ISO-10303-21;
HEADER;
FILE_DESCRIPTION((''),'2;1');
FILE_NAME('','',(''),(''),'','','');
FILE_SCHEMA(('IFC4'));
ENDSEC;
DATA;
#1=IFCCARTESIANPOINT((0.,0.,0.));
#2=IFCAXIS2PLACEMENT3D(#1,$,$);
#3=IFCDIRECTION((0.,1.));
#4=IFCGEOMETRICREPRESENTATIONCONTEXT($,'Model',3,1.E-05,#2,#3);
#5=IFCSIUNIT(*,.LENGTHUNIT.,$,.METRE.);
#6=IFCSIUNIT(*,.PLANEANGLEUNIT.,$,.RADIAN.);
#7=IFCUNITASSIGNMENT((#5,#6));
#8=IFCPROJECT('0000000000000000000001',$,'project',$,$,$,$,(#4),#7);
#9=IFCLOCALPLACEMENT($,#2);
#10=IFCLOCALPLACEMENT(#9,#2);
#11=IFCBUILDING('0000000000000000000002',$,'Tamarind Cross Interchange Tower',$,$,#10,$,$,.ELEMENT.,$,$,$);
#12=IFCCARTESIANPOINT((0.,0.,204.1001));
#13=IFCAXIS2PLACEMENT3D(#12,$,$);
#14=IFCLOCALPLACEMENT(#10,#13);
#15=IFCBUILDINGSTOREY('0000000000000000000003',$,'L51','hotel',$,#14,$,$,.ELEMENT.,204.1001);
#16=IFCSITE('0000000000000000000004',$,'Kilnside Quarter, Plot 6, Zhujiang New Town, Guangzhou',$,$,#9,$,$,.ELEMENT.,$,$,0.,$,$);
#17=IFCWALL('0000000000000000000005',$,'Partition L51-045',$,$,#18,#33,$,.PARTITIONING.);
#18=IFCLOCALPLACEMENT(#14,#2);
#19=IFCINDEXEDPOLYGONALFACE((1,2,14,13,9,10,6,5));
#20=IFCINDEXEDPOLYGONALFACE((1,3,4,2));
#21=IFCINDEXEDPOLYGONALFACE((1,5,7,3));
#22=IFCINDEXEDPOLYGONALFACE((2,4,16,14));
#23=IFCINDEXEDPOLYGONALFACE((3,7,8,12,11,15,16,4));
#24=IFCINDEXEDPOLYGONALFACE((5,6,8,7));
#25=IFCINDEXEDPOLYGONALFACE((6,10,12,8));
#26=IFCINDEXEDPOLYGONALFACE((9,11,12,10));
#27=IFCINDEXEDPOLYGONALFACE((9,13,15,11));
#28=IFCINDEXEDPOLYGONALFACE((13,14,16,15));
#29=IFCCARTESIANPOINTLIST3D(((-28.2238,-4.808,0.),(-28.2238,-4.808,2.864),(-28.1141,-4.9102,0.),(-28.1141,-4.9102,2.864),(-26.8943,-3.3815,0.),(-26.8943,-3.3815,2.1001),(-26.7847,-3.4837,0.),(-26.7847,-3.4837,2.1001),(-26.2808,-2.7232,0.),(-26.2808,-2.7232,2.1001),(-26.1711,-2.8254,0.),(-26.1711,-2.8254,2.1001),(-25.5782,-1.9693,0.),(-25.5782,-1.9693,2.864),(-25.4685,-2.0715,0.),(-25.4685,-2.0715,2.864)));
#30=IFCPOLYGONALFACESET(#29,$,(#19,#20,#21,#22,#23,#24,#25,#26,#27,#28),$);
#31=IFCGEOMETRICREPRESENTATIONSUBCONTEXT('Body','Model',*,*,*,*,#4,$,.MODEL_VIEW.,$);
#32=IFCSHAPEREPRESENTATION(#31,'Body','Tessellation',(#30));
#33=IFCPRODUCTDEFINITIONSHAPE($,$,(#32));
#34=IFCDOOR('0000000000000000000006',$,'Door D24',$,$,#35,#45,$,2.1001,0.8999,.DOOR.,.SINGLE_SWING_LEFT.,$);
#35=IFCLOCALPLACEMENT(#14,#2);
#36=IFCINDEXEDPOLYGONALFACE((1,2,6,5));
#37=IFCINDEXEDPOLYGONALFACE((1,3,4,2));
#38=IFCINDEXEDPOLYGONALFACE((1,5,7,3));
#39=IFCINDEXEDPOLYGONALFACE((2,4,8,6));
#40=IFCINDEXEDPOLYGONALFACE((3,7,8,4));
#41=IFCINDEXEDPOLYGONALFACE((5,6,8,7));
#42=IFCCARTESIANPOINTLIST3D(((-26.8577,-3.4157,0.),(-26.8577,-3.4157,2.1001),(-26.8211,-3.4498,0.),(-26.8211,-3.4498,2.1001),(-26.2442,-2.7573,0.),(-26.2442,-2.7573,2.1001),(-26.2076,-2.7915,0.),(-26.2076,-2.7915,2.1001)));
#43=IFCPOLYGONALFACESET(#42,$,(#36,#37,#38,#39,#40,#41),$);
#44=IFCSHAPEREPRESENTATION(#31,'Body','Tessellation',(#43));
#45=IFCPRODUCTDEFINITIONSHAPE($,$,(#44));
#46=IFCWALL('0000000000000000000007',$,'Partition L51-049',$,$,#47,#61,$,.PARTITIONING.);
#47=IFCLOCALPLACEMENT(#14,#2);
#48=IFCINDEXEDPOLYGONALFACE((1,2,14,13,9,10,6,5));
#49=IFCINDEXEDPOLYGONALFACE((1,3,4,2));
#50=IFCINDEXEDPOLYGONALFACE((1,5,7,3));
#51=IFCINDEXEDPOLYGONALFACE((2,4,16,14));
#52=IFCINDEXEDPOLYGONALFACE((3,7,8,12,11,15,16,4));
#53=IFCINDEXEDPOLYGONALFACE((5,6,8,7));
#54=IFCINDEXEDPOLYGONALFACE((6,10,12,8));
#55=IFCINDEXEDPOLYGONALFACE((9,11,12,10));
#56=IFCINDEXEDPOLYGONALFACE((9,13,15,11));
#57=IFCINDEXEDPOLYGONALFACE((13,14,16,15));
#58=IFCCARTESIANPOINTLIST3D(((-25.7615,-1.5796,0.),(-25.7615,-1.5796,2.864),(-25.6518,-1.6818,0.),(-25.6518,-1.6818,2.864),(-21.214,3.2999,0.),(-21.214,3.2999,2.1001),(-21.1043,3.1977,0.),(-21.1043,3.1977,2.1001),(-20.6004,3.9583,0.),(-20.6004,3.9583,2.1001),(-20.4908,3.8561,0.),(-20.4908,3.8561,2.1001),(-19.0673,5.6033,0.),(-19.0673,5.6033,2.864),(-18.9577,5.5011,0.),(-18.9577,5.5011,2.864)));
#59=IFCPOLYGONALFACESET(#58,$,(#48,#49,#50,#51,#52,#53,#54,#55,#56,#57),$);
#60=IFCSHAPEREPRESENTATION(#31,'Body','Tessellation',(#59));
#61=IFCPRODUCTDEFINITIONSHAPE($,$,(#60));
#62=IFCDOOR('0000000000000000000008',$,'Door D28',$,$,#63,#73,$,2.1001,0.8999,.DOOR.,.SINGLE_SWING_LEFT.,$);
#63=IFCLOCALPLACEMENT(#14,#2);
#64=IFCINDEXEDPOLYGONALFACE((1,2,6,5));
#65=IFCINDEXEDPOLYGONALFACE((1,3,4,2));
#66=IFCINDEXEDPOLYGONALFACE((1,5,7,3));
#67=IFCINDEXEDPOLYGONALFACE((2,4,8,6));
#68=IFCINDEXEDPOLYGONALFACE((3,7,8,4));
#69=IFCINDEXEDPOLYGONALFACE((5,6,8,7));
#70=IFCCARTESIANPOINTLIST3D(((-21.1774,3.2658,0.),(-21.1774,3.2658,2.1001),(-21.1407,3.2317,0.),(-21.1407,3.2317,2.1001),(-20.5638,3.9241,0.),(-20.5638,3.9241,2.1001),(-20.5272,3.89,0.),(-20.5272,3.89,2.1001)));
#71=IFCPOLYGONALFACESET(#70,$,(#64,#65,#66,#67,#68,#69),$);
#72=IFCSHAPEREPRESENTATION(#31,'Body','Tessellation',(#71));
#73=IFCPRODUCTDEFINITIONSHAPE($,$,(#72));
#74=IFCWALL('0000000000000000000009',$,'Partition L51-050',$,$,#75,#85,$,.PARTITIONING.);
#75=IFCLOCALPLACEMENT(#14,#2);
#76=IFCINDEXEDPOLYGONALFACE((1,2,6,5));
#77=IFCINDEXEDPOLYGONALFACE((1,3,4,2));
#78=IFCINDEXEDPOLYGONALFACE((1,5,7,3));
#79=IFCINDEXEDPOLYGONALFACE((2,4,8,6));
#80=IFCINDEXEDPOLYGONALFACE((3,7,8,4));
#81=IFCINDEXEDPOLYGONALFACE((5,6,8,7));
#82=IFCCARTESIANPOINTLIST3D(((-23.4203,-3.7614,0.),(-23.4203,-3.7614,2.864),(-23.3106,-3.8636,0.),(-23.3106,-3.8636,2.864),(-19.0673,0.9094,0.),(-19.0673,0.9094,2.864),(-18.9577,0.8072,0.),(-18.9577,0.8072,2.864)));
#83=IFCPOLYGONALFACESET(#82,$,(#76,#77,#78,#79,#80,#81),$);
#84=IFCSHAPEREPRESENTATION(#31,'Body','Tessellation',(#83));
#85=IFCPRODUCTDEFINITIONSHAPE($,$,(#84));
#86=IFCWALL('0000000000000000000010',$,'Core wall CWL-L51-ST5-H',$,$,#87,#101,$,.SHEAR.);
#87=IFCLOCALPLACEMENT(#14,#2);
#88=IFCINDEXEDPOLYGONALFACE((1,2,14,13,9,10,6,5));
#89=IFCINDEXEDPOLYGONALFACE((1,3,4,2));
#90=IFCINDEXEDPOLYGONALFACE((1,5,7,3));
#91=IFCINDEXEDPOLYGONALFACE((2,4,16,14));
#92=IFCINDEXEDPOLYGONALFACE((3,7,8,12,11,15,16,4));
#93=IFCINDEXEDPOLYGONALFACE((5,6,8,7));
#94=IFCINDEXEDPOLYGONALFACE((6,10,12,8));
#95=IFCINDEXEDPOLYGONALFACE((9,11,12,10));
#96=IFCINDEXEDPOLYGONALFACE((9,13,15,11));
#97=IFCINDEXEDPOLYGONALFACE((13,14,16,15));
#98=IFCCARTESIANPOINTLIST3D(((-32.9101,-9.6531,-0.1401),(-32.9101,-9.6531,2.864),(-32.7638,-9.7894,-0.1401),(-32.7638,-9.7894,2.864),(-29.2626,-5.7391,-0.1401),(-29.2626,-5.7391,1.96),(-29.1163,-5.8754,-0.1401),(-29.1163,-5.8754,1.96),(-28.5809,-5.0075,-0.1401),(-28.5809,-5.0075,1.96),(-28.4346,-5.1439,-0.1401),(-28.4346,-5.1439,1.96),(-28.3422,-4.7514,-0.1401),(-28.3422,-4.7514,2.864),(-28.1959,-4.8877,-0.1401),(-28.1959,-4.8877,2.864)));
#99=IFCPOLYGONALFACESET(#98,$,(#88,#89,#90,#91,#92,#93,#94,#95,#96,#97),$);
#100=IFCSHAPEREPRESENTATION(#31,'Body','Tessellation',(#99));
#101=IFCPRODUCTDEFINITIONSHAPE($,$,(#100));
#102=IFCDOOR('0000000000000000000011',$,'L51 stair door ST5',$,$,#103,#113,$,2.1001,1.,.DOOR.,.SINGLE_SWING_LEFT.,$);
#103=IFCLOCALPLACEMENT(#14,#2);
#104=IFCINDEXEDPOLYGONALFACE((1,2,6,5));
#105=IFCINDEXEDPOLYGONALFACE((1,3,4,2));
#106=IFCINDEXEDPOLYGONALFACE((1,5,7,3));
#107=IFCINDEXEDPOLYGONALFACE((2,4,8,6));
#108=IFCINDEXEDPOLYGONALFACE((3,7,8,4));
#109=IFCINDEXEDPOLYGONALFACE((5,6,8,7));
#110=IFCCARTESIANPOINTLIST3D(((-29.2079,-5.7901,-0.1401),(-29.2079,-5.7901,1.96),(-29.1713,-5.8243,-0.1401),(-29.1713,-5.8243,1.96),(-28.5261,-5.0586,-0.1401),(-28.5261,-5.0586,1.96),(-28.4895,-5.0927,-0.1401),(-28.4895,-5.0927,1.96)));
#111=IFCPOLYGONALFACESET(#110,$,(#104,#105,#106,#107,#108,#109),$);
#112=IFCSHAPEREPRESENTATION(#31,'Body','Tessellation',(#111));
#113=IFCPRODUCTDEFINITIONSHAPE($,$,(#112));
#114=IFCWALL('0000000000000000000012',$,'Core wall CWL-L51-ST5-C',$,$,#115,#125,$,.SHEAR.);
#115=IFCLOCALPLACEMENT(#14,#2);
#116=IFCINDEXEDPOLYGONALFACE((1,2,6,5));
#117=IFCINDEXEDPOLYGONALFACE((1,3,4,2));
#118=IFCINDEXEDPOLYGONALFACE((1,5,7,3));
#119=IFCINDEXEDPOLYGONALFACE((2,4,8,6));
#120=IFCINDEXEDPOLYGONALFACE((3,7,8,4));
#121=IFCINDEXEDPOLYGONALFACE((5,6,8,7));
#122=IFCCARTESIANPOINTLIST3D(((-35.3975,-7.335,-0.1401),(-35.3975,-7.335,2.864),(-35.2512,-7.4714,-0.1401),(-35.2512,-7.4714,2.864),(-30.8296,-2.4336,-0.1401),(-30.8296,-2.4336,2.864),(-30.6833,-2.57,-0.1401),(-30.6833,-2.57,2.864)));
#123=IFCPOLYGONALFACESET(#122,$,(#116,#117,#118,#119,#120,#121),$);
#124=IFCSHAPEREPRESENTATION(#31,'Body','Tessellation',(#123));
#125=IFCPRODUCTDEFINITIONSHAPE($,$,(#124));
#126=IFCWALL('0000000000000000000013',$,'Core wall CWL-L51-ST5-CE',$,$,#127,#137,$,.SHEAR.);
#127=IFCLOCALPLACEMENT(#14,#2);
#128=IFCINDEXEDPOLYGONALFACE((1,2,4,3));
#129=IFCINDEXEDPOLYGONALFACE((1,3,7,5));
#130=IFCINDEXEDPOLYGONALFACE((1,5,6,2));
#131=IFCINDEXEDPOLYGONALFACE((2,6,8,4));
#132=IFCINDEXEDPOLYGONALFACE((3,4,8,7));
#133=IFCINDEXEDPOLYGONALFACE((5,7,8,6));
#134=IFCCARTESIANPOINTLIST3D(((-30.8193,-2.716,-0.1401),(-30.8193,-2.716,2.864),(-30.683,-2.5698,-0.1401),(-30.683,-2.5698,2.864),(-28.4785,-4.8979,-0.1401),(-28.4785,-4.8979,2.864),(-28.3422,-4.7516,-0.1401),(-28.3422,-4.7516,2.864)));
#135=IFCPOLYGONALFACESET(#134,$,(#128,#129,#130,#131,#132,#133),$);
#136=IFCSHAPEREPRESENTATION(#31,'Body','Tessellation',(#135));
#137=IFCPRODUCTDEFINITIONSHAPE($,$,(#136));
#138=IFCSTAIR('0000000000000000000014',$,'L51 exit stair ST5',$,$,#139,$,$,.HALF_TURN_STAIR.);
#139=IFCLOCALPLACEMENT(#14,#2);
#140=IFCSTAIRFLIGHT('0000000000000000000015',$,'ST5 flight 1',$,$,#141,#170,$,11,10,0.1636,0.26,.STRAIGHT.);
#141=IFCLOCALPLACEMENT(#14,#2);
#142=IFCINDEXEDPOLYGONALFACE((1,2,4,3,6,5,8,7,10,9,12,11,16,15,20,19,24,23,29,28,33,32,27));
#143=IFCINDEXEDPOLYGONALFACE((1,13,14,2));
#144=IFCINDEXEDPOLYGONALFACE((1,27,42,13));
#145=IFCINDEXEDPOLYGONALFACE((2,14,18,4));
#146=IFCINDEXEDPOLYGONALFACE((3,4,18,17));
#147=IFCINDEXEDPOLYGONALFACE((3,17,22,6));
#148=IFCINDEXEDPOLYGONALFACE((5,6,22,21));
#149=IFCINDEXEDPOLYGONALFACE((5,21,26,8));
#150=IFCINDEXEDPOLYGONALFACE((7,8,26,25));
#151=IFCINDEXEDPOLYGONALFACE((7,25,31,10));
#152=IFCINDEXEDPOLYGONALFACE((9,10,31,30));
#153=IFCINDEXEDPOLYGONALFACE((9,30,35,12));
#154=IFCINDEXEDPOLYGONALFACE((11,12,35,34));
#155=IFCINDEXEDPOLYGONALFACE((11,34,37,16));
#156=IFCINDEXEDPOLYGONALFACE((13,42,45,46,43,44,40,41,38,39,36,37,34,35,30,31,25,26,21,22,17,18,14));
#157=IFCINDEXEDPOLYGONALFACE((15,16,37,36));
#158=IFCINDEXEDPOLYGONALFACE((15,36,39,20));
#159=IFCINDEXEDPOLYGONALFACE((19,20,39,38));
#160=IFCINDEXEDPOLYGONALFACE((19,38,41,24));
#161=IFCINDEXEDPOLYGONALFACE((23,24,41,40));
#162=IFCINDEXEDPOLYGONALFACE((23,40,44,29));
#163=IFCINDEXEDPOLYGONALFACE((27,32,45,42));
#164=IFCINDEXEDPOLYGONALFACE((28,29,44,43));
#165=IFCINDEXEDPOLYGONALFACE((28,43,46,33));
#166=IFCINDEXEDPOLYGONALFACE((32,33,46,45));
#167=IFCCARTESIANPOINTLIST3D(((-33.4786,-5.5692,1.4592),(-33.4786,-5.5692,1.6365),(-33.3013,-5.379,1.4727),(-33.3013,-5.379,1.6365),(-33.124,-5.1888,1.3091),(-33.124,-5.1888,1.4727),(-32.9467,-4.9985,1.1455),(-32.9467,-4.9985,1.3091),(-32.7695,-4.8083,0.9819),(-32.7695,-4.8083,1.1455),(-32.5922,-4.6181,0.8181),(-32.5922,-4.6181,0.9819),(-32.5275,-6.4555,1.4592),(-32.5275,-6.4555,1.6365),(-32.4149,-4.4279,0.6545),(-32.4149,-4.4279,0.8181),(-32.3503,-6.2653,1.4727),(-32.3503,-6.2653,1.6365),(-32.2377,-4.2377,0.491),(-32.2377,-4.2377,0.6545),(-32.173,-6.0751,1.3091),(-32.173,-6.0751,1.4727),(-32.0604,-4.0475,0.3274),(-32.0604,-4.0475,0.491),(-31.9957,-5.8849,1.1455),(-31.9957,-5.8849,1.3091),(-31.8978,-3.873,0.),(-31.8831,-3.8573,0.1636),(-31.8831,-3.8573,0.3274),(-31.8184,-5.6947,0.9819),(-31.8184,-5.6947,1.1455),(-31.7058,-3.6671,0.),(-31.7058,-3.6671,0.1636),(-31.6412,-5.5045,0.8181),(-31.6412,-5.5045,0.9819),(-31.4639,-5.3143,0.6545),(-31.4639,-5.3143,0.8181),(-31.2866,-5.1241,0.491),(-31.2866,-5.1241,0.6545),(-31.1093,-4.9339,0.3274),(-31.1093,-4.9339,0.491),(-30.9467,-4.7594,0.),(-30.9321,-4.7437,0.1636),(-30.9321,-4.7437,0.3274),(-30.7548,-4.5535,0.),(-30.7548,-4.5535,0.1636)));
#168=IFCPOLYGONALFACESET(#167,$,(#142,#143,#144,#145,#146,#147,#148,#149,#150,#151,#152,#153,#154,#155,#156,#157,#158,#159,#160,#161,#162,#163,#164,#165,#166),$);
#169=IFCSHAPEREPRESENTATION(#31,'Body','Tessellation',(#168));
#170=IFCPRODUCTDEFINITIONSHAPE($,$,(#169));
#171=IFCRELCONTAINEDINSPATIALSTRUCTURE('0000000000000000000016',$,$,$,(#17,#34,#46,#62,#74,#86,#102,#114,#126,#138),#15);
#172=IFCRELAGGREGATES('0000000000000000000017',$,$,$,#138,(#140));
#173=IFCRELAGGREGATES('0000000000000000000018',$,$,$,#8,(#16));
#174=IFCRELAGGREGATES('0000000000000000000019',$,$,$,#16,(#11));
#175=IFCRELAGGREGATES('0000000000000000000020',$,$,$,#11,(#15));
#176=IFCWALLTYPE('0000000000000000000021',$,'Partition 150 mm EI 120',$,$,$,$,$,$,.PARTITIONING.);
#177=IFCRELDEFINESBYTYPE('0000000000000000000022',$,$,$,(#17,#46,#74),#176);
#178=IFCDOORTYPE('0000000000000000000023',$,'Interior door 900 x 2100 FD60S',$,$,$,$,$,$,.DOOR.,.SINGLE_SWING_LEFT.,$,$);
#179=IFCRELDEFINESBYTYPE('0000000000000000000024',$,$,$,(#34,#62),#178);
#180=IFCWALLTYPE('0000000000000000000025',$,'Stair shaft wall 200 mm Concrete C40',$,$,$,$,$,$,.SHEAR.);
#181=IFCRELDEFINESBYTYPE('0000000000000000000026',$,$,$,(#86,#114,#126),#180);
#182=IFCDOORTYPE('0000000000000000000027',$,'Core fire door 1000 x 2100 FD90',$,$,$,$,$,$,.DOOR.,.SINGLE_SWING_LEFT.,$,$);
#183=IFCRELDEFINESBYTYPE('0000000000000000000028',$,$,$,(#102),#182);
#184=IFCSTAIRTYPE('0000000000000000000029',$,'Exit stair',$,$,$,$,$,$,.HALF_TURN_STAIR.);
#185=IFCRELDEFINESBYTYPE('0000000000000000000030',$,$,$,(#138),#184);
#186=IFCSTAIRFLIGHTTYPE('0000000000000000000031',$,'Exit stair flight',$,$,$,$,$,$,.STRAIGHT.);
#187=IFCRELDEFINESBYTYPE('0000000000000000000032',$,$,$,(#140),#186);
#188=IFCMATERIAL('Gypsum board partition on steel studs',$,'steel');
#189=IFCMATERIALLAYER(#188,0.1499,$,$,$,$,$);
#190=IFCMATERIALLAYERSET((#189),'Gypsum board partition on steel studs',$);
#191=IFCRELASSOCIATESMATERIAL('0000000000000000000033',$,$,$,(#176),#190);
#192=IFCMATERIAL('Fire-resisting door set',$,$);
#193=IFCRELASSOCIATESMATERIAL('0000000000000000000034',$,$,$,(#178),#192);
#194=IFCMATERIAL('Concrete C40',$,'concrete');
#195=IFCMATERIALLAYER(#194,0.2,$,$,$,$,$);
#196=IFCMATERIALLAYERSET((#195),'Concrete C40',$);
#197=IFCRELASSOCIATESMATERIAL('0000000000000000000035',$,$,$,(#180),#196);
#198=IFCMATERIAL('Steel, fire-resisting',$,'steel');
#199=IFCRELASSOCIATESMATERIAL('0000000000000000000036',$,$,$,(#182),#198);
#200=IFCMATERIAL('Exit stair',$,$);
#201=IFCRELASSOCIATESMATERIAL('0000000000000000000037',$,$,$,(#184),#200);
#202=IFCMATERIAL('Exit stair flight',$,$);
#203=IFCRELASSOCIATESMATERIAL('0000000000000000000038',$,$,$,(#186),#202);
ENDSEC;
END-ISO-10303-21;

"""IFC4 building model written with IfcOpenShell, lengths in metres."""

from ifc_helpers import new_model, si_unit, direction, frame, frame_2d, origin, place, context, subcontext, project, spatial, polyline, rectangle, outline, extrude, material, layer, layer_set, type_object, element, fill, aggregate, save


model = new_model("IFC4")

# Units and contexts
model_context = context("Model", 3, precision=1e-05, world=origin(), true_north=direction((0.0, 1.0)))
body_context = subcontext(model_context, "Body", "Model", "MODEL_VIEW")
ifc_project = project(units=[si_unit("LENGTHUNIT", "METRE"), si_unit("PLANEANGLEUNIT", "RADIAN")], contexts=[model_context])

# Site, building, storey
site_placement = place(None, origin())
site = spatial("IfcSite", under=ifc_project, at=site_placement, Name="Kilnside Quarter, Plot 6, Zhujiang New Town, Guangzhou", CompositionType="ELEMENT", RefElevation=0.0)
building_placement = place(site_placement, origin())
building = spatial("IfcBuilding", under=site, at=building_placement, Name="Tamarind Cross Interchange Tower", CompositionType="ELEMENT")
storey_placement = place(building_placement, frame((0.0, 0.0, 204.1001)))
storey = spatial("IfcBuildingStorey", under=building, at=storey_placement, Name="L51", Description="hotel", CompositionType="ELEMENT", Elevation=204.1001)

# Shared definitions
ifc_material_1 = material(Name="Gypsum board partition on steel studs", Category="steel")
ifc_layer_1 = layer(ifc_material_1, 0.1499)
ifc_layer_set_1 = layer_set([ifc_layer_1], Name="Gypsum board partition on steel studs")
wall_type_1 = type_object("IfcWallType", Name="Partition 150 mm EI 120", PredefinedType="PARTITIONING", material=ifc_layer_set_1)

# Shared definitions
ifc_material_2 = material(Name="Fire-resisting door set")
door_type_1 = type_object("IfcDoorType", Name="Interior door 900 x 2100 FD60S", OperationType="SINGLE_SWING_LEFT", PredefinedType="DOOR", material=ifc_material_2)

# Walls, openings, doors
wall_1_placement = place(storey_placement, frame((-28.1689, -4.8591, 0.0), z_axis=(0.0, 0.0, 1.0), x_axis=(0.681785, 0.731553, 0.0)))
wall_1 = element("IfcWall", 1, at=wall_1_placement, inside=storey, type_object=wall_type_1, Name="Partition L51-045", PredefinedType="PARTITIONING", context=body_context, shape_type="SweptSolid", body=[
    extrude(rectangle(XDim=3.8804, YDim=0.1499, at=frame_2d((1.9402, 0.0))), origin(), (0.0, 0.0, 1.0), 2.864),
])
opening_1_placement = place(wall_1_placement, frame((1.95, 0.0, 0.0)))
opening_1 = element("IfcOpeningElement", 2, at=opening_1_placement, cuts=wall_1, PredefinedType="OPENING", context=body_context, shape_type="SweptSolid", body=[
    extrude(rectangle(XDim=0.8999, YDim=2.1001, at=frame_2d((0.45, 1.05))), frame((0.0, 0.085, 0.0), z_axis=(0.0, -1.0, 0.0), x_axis=(1.0, 0.0, 0.0)), (0.0, 0.0, 1.0), 0.1699),
])
door_1_placement = place(opening_1_placement, origin())
door_1 = element("IfcDoor", 3, at=door_1_placement, inside=storey, type_object=door_type_1, Name="Door D24", OperationType="SINGLE_SWING_LEFT", OverallHeight=2.1001, OverallWidth=0.8999, PredefinedType="DOOR", context=body_context, shape_type="SweptSolid", body=[
    extrude(rectangle(XDim=0.8999, YDim=2.1001, at=frame_2d((0.45, 1.05))), frame((0.0, 0.0249, 0.0), z_axis=(0.0, -1.0, 0.0), x_axis=(1.0, 0.0, 0.0)), (0.0, 0.0, 1.0), 0.05),
])
fill(opening_1, door_1)
wall_2_placement = place(storey_placement, frame((-25.7065, -1.6306, 0.0), z_axis=(0.0, 0.0, 1.0), x_axis=(0.681779, 0.731559, 0.0)))
wall_2 = element("IfcWall", 4, at=wall_2_placement, inside=storey, type_object=wall_type_1, Name="Partition L51-049", PredefinedType="PARTITIONING", context=body_context, shape_type="SweptSolid", body=[
    extrude(rectangle(XDim=9.8186, YDim=0.1499, at=frame_2d((4.9092, 0.0))), origin(), (0.0, 0.0, 1.0), 2.864),
])
opening_2_placement = place(wall_2_placement, frame((6.6699, 0.0, 0.0)))
opening_2 = element("IfcOpeningElement", 5, at=opening_2_placement, cuts=wall_2, PredefinedType="OPENING", context=body_context, shape_type="SweptSolid", body=[
    extrude(rectangle(XDim=0.8999, YDim=2.1001, at=frame_2d((0.45, 1.05))), frame((0.0, 0.085, 0.0), z_axis=(0.0, -1.0, 0.0), x_axis=(1.0, 0.0, 0.0)), (0.0, 0.0, 1.0), 0.1699),
])
door_2_placement = place(opening_2_placement, origin())
door_2 = element("IfcDoor", 6, at=door_2_placement, inside=storey, type_object=door_type_1, Name="Door D28", OperationType="SINGLE_SWING_LEFT", OverallHeight=2.1001, OverallWidth=0.8999, PredefinedType="DOOR", context=body_context, shape_type="SweptSolid", body=[
    extrude(rectangle(XDim=0.8999, YDim=2.1001, at=frame_2d((0.45, 1.05))), frame((0.0, 0.0249, 0.0), z_axis=(0.0, -1.0, 0.0), x_axis=(1.0, 0.0, 0.0)), (0.0, 0.0, 1.0), 0.05),
])
fill(opening_2, door_2)

# Wall
wall_3_placement = place(storey_placement, frame((-23.3655, -3.8125, 0.0), z_axis=(0.0, 0.0, 1.0), x_axis=(0.681776, 0.731561, 0.0)))
element("IfcWall", 7, at=wall_3_placement, inside=storey, type_object=wall_type_1, Name="Partition L51-050", PredefinedType="PARTITIONING", context=body_context, shape_type="SweptSolid", body=[
    extrude(rectangle(XDim=6.3848, YDim=0.1499, at=frame_2d((3.1924, 0.0))), origin(), (0.0, 0.0, 1.0), 2.864),
])

# Wall, opening, door
ifc_material_3 = material(Name="Concrete C40", Category="concrete")
ifc_layer_2 = layer(ifc_material_3, 0.2)
ifc_layer_set_2 = layer_set([ifc_layer_2], Name="Concrete C40")
wall_type_2 = type_object("IfcWallType", Name="Stair shaft wall 200 mm Concrete C40", PredefinedType="SHEAR", material=ifc_layer_set_2)
wall_4_placement = place(storey_placement, frame((-28.269, -4.8196, -0.1401), z_axis=(0.0, 0.0, 1.0), x_axis=(-0.681762, -0.731574, 0.0)))
wall_4 = element("IfcWall", 8, at=wall_4_placement, inside=storey, type_object=wall_type_2, Name="Core wall CWL-L51-ST5-H", PredefinedType="SHEAR", context=body_context, shape_type="SweptSolid", body=[
    extrude(rectangle(XDim=6.7002, YDim=0.2, at=frame_2d((3.3501, 0.0))), origin(), (0.0, 0.0, 1.0), 3.0042),
])
opening_3_placement = place(wall_4_placement, frame((0.3501, 0.0, 0.0)))
opening_3 = element("IfcOpeningElement", 9, at=opening_3_placement, cuts=wall_4, PredefinedType="OPENING", context=body_context, shape_type="SweptSolid", body=[
    extrude(rectangle(XDim=1.0, YDim=2.1001, at=frame_2d((0.5, 1.05))), frame((0.0, 0.1099, 0.0), z_axis=(0.0, -1.0, 0.0), x_axis=(1.0, 0.0, 0.0)), (0.0, 0.0, 1.0), 0.22),
])
ifc_material_4 = material(Name="Steel, fire-resisting", Category="steel")
door_type_2 = type_object("IfcDoorType", Name="Core fire door 1000 x 2100 FD90", OperationType="SINGLE_SWING_LEFT", PredefinedType="DOOR", material=ifc_material_4)
door_3_placement = place(opening_3_placement, origin())
door_3 = element("IfcDoor", 10, at=door_3_placement, inside=storey, type_object=door_type_2, Name="L51 stair door ST5", OperationType="SINGLE_SWING_LEFT", OverallHeight=2.1001, OverallWidth=1.0, PredefinedType="DOOR", context=body_context, shape_type="SweptSolid", body=[
    extrude(rectangle(XDim=1.0, YDim=2.1001, at=frame_2d((0.5, 1.05))), frame((0.0, 0.0249, 0.0), z_axis=(0.0, -1.0, 0.0), x_axis=(1.0, 0.0, 0.0)), (0.0, 0.0, 1.0), 0.05),
])
fill(opening_3, door_3)

# Walls
wall_5_placement = place(storey_placement, frame((-30.7563, -2.5017, -0.1401), z_axis=(0.0, 0.0, 1.0), x_axis=(-0.681781, -0.731557, 0.0)))
element("IfcWall", 11, at=wall_5_placement, inside=storey, type_object=wall_type_2, Name="Core wall CWL-L51-ST5-C", PredefinedType="SHEAR", context=body_context, shape_type="SweptSolid", body=[
    extrude(rectangle(XDim=6.7, YDim=0.2, at=frame_2d((3.3501, 0.0))), origin(), (0.0, 0.0, 1.0), 3.0042),
])
wall_6_placement = place(storey_placement, frame((-30.7512, -2.6428, -0.1401), z_axis=(0.0, 0.0, 1.0), x_axis=(0.731504, -0.681837, 0.0)))
element("IfcWall", 12, at=wall_6_placement, inside=storey, type_object=wall_type_2, Name="Core wall CWL-L51-ST5-CE", PredefinedType="SHEAR", context=body_context, shape_type="SweptSolid", body=[
    extrude(rectangle(XDim=3.2, YDim=0.2, at=frame_2d((1.6001, 0.0))), origin(), (0.0, 0.0, 1.0), 3.0042),
])

# Stair, stair flight
ifc_material_5 = material(Name="Exit stair")
stair_type = type_object("IfcStairType", Name="Exit stair", PredefinedType="HALF_TURN_STAIR", material=ifc_material_5)
stair_placement = place(storey_placement, origin())
stair = element("IfcStair", 13, at=stair_placement, inside=storey, type_object=stair_type, Name="L51 exit stair ST5", PredefinedType="HALF_TURN_STAIR")
ifc_material_6 = material(Name="Exit stair flight")
stair_flight_type = type_object("IfcStairFlightType", Name="Exit stair flight", PredefinedType="STRAIGHT", material=ifc_material_6)
stair_flight_1_placement = place(storey_placement, frame((-31.2302, -4.1104, 0.0), z_axis=(0.0, 0.0, 1.0), x_axis=(-0.681794, -0.731544, 0.0)))
stair_flight_1 = element("IfcStairFlight", 14, at=stair_flight_1_placement, type_object=stair_flight_type, Name="ST5 flight 1", NumberOfRisers=11, NumberOfTreads=10, PredefinedType="STRAIGHT", RiserHeight=0.1636, TreadLength=0.26, context=body_context, shape_type="SweptSolid", body=[
    extrude(outline(polyline([(0.0, 0.0), (0.0, 0.1636), (0.26, 0.1636), (0.26, 0.3274), (0.52, 0.3274), (0.52, 0.491), (0.78, 0.491), (0.78, 0.6545), (1.04, 0.6545), (1.04, 0.8181), (1.3, 0.8181), (1.3, 0.9819), (1.5601, 0.9819), (1.5601, 1.1455), (1.8201, 1.1455), (1.8201, 1.3091), (2.0801, 1.3091), (2.0801, 1.4727), (2.3401, 1.4727), (2.3401, 1.6365), (2.6001, 1.6365), (2.6001, 1.8), (2.6001, 1.4592), (0.2815, 0.0), (0.0, 0.0)])), frame((0.0, 0.6499, 0.0), z_axis=(0.0, -1.0, 0.0), x_axis=(1.0, 0.0, 0.0)), (0.0, 0.0, 1.0), 1.3),
])
aggregate(stair, [stair_flight_1])

save(model, "model.ifc")
